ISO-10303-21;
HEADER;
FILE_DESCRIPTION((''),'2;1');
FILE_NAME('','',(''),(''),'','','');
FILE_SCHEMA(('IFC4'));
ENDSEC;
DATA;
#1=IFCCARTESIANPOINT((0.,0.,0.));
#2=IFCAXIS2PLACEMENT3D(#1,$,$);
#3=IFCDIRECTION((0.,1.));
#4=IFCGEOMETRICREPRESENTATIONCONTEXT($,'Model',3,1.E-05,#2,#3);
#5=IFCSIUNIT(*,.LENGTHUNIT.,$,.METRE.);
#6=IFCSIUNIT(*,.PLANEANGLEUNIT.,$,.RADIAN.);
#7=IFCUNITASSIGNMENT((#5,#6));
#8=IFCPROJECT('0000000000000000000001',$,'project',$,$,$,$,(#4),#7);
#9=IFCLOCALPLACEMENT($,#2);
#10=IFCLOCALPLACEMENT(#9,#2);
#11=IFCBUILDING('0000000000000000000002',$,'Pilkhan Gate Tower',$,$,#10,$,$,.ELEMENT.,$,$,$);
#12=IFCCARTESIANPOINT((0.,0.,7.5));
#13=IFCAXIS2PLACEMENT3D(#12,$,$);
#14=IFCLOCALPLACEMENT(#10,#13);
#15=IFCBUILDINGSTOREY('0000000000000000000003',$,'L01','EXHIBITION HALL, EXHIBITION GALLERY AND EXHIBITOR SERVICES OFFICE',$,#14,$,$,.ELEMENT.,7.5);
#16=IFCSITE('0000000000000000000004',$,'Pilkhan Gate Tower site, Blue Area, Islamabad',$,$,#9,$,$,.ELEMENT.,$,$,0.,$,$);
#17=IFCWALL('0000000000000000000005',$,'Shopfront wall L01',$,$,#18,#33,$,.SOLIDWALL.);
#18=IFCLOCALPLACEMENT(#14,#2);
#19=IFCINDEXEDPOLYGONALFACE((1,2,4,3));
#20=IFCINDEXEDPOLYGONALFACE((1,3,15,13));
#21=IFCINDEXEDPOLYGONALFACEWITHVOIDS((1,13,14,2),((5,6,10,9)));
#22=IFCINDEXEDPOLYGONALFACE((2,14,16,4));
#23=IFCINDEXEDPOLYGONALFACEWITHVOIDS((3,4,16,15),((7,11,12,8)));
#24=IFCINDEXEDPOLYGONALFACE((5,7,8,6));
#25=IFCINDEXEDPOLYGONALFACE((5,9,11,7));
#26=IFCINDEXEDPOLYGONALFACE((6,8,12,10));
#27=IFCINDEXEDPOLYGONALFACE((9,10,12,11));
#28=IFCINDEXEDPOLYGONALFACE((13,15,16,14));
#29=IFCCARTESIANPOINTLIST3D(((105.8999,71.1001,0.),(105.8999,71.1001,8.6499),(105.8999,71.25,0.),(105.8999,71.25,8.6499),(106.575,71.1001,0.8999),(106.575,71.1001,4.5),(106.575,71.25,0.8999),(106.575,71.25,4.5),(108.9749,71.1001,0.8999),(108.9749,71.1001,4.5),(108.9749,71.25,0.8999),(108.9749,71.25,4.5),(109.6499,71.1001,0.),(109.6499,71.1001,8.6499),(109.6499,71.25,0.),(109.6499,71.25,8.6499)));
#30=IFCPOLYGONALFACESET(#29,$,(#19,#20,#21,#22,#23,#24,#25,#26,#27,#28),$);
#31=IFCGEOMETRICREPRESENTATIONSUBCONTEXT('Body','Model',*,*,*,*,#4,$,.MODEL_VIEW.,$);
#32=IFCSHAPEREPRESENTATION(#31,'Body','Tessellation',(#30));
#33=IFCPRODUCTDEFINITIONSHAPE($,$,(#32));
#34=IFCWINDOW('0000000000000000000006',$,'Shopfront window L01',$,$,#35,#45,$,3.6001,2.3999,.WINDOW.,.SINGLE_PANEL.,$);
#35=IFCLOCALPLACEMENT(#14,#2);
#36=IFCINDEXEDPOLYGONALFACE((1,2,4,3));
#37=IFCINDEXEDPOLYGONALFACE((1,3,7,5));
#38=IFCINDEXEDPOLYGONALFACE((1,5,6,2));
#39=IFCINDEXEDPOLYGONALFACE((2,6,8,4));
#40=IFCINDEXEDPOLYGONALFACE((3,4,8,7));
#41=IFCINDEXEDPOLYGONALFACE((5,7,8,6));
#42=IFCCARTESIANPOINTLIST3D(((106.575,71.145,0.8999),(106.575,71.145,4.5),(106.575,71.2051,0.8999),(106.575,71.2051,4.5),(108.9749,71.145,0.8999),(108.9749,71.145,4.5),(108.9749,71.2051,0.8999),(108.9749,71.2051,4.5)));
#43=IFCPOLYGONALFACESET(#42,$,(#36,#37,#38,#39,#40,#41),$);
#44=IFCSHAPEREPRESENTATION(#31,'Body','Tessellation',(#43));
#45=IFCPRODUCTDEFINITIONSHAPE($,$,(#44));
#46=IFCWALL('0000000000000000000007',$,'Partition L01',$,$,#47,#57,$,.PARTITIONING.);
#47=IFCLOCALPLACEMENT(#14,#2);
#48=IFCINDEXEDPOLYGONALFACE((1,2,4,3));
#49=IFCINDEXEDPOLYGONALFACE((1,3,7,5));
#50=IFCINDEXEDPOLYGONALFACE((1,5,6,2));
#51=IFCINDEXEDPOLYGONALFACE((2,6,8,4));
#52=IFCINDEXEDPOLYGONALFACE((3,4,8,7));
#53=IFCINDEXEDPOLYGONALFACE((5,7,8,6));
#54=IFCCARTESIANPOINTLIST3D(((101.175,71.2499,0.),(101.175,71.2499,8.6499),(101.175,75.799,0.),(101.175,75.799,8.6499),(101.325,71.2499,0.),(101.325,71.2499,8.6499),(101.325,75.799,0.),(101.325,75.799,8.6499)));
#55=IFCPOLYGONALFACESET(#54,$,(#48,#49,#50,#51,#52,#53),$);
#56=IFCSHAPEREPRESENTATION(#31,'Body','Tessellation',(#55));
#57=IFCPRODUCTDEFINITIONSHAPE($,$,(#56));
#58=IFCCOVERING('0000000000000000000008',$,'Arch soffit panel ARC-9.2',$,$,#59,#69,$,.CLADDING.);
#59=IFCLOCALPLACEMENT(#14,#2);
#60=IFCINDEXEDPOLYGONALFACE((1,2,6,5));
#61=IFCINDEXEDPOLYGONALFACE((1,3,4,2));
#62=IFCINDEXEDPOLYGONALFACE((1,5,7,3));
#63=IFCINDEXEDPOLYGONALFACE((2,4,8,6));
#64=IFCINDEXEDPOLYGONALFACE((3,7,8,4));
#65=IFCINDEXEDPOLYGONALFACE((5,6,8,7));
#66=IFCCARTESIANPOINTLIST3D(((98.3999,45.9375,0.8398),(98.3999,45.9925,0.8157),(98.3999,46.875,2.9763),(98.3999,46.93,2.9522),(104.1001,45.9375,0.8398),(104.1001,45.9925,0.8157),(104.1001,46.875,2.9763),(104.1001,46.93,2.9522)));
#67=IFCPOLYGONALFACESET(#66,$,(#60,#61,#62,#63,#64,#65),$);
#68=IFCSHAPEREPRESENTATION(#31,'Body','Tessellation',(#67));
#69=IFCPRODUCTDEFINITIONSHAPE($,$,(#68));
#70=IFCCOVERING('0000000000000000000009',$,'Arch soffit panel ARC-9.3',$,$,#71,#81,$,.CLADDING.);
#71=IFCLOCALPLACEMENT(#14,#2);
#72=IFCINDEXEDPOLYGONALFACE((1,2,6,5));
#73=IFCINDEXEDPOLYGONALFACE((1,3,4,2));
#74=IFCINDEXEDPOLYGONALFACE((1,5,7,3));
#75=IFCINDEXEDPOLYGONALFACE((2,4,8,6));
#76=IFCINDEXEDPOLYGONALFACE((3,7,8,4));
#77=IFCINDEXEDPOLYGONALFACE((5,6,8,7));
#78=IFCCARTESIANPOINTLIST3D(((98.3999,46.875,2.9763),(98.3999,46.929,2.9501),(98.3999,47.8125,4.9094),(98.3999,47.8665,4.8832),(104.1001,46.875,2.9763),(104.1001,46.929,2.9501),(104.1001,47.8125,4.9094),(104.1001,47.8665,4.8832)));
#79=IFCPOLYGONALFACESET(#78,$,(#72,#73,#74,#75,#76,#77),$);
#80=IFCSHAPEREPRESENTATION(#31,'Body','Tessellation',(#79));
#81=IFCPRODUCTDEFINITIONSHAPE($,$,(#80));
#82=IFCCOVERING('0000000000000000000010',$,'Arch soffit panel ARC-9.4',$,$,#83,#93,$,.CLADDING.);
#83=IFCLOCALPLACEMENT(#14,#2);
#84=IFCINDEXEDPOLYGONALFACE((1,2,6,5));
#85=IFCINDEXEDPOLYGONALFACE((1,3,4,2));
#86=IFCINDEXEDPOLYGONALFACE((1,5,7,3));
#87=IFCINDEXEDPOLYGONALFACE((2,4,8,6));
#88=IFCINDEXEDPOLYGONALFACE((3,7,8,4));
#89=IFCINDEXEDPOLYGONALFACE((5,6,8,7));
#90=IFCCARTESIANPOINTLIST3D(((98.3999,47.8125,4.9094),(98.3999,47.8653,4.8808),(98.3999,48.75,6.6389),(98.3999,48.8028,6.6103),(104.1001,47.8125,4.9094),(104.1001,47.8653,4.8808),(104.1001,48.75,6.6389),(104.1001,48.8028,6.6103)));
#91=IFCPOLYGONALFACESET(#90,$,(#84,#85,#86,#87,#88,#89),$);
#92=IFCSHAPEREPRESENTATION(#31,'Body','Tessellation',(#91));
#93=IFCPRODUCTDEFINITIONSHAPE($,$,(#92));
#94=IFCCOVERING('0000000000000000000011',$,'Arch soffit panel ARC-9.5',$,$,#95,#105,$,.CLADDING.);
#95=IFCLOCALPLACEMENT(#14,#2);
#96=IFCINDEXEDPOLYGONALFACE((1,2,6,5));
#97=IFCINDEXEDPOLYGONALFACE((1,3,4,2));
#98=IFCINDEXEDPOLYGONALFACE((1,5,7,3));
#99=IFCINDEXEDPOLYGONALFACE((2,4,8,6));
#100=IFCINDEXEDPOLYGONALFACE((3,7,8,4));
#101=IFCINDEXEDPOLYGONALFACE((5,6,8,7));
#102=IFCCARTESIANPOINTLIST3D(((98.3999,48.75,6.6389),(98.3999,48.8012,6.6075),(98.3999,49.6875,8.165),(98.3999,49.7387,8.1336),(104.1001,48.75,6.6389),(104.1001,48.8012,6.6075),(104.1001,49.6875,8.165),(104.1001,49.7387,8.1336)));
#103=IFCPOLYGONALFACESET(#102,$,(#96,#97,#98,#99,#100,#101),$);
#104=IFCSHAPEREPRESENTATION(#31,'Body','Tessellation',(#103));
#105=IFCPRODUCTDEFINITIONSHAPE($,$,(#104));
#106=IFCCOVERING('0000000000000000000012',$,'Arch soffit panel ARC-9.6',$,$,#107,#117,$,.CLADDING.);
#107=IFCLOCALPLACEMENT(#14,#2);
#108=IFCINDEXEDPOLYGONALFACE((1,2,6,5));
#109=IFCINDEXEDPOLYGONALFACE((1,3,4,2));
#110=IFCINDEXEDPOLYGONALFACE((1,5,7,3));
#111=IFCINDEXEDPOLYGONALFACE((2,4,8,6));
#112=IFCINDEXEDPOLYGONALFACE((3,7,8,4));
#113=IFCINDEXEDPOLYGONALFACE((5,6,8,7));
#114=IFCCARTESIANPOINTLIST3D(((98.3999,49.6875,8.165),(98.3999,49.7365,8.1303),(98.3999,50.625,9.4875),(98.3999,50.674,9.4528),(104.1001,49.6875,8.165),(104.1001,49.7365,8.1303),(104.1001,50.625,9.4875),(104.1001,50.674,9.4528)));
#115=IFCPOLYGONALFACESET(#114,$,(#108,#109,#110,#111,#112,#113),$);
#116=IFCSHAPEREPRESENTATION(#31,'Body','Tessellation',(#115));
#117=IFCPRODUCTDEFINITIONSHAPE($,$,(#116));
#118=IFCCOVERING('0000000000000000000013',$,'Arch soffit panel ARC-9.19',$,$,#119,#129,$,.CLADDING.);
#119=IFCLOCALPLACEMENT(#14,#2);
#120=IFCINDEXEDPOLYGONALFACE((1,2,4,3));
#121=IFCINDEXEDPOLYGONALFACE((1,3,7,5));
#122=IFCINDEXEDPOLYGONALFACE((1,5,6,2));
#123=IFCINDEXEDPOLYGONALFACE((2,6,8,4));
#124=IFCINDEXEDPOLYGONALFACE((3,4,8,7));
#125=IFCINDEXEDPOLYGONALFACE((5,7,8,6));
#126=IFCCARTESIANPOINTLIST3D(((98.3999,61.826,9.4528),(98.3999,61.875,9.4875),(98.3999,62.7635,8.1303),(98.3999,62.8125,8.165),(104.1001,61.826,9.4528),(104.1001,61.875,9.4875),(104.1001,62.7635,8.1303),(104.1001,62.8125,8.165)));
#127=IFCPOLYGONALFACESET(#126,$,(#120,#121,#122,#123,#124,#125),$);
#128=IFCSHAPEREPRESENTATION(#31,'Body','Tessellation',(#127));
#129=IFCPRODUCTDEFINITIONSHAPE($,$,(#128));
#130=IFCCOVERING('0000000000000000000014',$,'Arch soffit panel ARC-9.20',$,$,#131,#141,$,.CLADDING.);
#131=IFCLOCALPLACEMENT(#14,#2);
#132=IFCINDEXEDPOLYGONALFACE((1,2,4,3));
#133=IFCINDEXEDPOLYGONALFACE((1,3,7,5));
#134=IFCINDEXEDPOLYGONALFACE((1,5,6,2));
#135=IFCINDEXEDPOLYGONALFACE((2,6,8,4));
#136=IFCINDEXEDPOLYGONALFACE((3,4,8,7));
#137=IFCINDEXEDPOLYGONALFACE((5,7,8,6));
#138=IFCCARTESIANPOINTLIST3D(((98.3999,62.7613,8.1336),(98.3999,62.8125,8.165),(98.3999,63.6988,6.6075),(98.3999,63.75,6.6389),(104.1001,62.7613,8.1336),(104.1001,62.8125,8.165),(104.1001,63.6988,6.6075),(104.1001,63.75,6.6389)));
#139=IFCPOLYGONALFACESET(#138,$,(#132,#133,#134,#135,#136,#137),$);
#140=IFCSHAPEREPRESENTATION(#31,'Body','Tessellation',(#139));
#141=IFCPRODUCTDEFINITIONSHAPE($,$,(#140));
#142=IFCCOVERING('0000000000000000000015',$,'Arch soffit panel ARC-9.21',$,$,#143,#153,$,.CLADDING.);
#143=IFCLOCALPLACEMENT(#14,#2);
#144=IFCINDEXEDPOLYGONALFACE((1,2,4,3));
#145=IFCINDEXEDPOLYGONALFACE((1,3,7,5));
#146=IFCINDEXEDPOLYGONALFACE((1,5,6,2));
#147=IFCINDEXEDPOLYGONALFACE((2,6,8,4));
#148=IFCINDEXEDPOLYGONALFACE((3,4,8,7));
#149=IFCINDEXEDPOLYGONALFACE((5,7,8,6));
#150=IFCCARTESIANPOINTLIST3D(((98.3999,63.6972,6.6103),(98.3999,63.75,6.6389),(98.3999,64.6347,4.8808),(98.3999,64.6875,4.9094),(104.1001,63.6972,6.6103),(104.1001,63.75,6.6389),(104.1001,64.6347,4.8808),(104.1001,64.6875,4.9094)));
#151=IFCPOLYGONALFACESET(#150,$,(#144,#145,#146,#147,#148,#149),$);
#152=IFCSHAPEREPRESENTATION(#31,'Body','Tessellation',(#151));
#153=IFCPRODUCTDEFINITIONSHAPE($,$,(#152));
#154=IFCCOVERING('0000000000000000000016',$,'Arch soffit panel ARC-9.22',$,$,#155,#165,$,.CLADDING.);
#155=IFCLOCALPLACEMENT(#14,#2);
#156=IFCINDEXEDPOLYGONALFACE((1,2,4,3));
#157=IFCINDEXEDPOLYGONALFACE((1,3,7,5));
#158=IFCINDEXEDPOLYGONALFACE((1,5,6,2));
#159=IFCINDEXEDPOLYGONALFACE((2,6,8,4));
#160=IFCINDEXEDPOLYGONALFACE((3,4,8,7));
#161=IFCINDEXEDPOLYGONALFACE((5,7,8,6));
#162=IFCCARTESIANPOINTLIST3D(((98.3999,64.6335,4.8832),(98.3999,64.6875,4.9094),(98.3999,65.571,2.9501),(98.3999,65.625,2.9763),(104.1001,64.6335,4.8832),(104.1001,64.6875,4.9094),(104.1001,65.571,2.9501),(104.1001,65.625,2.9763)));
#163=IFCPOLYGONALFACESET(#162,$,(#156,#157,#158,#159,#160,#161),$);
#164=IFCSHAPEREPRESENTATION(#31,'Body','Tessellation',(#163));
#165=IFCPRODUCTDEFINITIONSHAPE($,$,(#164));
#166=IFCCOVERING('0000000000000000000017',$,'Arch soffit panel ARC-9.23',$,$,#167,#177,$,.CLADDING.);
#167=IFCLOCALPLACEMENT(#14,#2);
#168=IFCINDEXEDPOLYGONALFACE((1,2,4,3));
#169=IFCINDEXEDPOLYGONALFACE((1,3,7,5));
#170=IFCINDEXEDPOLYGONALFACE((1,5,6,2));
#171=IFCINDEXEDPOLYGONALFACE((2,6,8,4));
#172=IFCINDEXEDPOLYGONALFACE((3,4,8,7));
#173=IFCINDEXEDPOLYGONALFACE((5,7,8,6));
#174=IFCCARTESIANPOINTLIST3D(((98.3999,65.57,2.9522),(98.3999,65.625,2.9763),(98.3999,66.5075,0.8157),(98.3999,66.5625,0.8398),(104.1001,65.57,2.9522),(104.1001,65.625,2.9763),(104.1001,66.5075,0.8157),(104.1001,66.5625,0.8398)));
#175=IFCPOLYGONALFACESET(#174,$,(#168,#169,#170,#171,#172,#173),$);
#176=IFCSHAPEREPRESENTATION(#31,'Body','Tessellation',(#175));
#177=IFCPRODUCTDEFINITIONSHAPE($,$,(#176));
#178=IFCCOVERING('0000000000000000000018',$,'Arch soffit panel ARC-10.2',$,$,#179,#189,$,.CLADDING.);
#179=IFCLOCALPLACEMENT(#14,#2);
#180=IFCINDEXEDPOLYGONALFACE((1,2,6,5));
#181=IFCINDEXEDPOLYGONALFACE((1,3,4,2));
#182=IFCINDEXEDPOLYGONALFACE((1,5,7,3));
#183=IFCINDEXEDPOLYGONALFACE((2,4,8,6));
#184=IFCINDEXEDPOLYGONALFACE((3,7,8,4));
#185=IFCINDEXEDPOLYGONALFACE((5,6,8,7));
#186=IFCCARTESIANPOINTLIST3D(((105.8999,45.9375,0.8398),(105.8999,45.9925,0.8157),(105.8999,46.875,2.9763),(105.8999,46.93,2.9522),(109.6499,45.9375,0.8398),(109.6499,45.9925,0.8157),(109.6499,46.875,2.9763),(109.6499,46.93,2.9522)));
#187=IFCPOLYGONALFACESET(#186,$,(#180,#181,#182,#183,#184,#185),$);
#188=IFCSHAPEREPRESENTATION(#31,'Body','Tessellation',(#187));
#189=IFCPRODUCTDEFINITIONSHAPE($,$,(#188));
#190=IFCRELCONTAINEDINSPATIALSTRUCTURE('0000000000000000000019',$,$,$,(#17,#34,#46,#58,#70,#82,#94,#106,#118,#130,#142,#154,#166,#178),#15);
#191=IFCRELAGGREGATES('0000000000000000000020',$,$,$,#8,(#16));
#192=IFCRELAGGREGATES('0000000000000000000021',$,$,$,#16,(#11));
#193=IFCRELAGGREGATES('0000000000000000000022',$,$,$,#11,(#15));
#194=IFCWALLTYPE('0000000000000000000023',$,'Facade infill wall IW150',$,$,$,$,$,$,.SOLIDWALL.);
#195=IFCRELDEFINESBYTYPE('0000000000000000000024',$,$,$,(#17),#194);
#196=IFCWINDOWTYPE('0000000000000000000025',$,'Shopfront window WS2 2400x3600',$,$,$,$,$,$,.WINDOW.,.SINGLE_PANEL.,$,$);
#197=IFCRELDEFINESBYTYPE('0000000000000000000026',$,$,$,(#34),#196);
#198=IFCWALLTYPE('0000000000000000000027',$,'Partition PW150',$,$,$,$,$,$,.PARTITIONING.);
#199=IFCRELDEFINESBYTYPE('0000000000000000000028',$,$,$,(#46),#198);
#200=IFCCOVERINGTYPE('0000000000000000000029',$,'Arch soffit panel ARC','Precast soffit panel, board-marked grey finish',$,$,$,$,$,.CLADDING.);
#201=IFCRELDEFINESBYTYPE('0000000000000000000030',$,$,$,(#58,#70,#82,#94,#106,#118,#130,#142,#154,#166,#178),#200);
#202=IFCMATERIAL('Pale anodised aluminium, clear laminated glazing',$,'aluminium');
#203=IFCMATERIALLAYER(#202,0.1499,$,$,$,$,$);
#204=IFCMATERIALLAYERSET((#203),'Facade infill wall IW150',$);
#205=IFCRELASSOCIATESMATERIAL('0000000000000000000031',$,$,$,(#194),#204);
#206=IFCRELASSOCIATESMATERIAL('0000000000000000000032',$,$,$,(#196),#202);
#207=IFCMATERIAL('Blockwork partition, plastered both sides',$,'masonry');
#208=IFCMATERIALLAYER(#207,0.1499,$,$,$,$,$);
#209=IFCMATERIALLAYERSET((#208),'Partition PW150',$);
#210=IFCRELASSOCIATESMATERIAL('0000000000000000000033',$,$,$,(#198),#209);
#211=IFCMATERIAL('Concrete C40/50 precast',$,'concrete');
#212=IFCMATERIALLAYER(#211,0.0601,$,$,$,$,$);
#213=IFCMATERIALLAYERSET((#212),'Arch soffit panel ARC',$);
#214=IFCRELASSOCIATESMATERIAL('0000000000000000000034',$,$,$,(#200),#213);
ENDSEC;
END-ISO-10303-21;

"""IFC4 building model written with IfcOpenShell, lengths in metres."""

from ifc_helpers import new_model, si_unit, direction, frame, frame_2d, origin, place, context, subcontext, project, spatial, polyline, rectangle, outline, extrude, material, layer, layer_set, type_object, element, fill, save


model = new_model("IFC4")

# Units and contexts
model_context = context("Model", 3, precision=1e-05, world=origin(), true_north=direction((0.0, 1.0)))
body_context = subcontext(model_context, "Body", "Model", "MODEL_VIEW")
ifc_project = project(units=[si_unit("LENGTHUNIT", "METRE"), si_unit("PLANEANGLEUNIT", "RADIAN")], contexts=[model_context])

# Site, building, storey
site_placement = place(None, origin())
site = spatial("IfcSite", under=ifc_project, at=site_placement, Name="Pilkhan Gate Tower site, Blue Area, Islamabad", CompositionType="ELEMENT", RefElevation=0.0)
building_placement = place(site_placement, origin())
building = spatial("IfcBuilding", under=site, at=building_placement, Name="Pilkhan Gate Tower", CompositionType="ELEMENT")
storey_placement = place(building_placement, frame((0.0, 0.0, 7.5)))
storey = spatial("IfcBuildingStorey", under=building, at=storey_placement, Name="L01", Description="EXHIBITION HALL, EXHIBITION GALLERY AND EXHIBITOR SERVICES OFFICE", CompositionType="ELEMENT", Elevation=7.5)

# Shared definitions
ifc_material_1 = material(Name="Pale anodised aluminium, clear laminated glazing", Category="aluminium")
ifc_layer_1 = layer(ifc_material_1, 0.1499)
ifc_layer_set_1 = layer_set([ifc_layer_1], Name="Facade infill wall IW150")
wall_type_1 = type_object("IfcWallType", Name="Facade infill wall IW150", PredefinedType="SOLIDWALL", material=ifc_layer_set_1)
window_type = type_object("IfcWindowType", Name="Shopfront window WS2 2400x3600", PartitioningType="SINGLE_PANEL", PredefinedType="WINDOW", material=ifc_material_1)

# Wall, opening, window
wall_1_placement = place(storey_placement, frame((105.8999, 71.175, 0.0), z_axis=(0.0, 0.0, 1.0), x_axis=(1.0, 0.0, 0.0)))
wall_1 = element("IfcWall", 1, at=wall_1_placement, inside=storey, type_object=wall_type_1, Name="Shopfront wall L01", PredefinedType="SOLIDWALL", context=body_context, shape_type="SweptSolid", body=[
    extrude(rectangle(XDim=3.75, YDim=0.1499, at=frame_2d((1.875, 0.0))), origin(), (0.0, 0.0, 1.0), 8.6499),
])
opening_1_placement = place(wall_1_placement, frame((0.675, 0.0, 0.8999)))
opening_1 = element("IfcOpeningElement", 2, at=opening_1_placement, cuts=wall_1, PredefinedType="OPENING", context=body_context, shape_type="SweptSolid", body=[
    extrude(rectangle(XDim=2.3999, YDim=3.6001, at=frame_2d((1.2, 1.8))), frame((0.0, 0.085, 0.0), z_axis=(0.0, -1.0, 0.0), x_axis=(1.0, 0.0, 0.0)), (0.0, 0.0, 1.0), 0.1699),
])
window_1_placement = place(opening_1_placement, origin())
window_1 = element("IfcWindow", 3, at=window_1_placement, inside=storey, type_object=window_type, Name="Shopfront window L01", OverallHeight=3.6001, OverallWidth=2.3999, PartitioningType="SINGLE_PANEL", PredefinedType="WINDOW", context=body_context, shape_type="SweptSolid", body=[
    extrude(rectangle(XDim=2.3999, YDim=3.6001, at=frame_2d((1.2, 1.8))), frame((0.0, 0.03, 0.0), z_axis=(0.0, -1.0, 0.0), x_axis=(1.0, 0.0, 0.0)), (0.0, 0.0, 1.0), 0.0601),
])
fill(opening_1, window_1)

# Wall
ifc_material_2 = material(Name="Blockwork partition, plastered both sides", Category="masonry")
ifc_layer_2 = layer(ifc_material_2, 0.1499)
ifc_layer_set_2 = layer_set([ifc_layer_2], Name="Partition PW150")
wall_type_2 = type_object("IfcWallType", Name="Partition PW150", PredefinedType="PARTITIONING", material=ifc_layer_set_2)
wall_2_placement = place(storey_placement, frame((101.25, 71.25, 0.0), z_axis=(0.0, 0.0, 1.0), x_axis=(0.0, 1.0, 0.0)))
element("IfcWall", 4, at=wall_2_placement, inside=storey, type_object=wall_type_2, Name="Partition L01", PredefinedType="PARTITIONING", context=body_context, shape_type="SweptSolid", body=[
    extrude(rectangle(XDim=4.5491, YDim=0.1499, at=frame_2d((2.2744, 0.0))), origin(), (0.0, 0.0, 1.0), 8.6499),
])

# Coverings
ifc_material_3 = material(Name="Concrete C40/50 precast", Category="concrete")
ifc_layer_3 = layer(ifc_material_3, 0.0601)
ifc_layer_set_3 = layer_set([ifc_layer_3], Name="Arch soffit panel ARC")
covering_type = type_object("IfcCoveringType", Name="Arch soffit panel ARC", Description="Precast soffit panel, board-marked grey finish", PredefinedType="CLADDING", material=ifc_layer_set_3)
covering_1_placement = place(storey_placement, frame((98.3999, 45.9375, 0.8398), z_axis=(0.0, -0.915717, 0.401823), x_axis=(1.0, 0.0, 0.0)))
element("IfcCovering", 5, at=covering_1_placement, inside=storey, type_object=covering_type, Name="Arch soffit panel ARC-9.2", PredefinedType="CLADDING", context=body_context, shape_type="SweptSolid", body=[
    extrude(outline(polyline([(0.0, 0.0), (5.7002, 0.0), (5.7002, 2.3331), (0.0, 2.3331), (0.0, 0.0)])), origin(), (0.0, 0.0, -1.0), 0.0601),
])
covering_2_placement = place(storey_placement, frame((98.3999, 46.875, 2.9763), z_axis=(0.0, -0.899771, 0.436363), x_axis=(1.0, 0.0, 0.0)))
element("IfcCovering", 6, at=covering_2_placement, inside=storey, type_object=covering_type, Name="Arch soffit panel ARC-9.3", PredefinedType="CLADDING", context=body_context, shape_type="SweptSolid", body=[
    extrude(outline(polyline([(0.0, 0.0), (5.7002, 0.0), (5.7002, 2.1484), (0.0, 2.1484), (0.0, 0.0)])), origin(), (0.0, 0.0, -1.0), 0.0601),
])
covering_3_placement = place(storey_placement, frame((98.3999, 47.8125, 4.9094), z_axis=(0.0, -0.879145, 0.476555), x_axis=(1.0, 0.0, 0.0)))
element("IfcCovering", 7, at=covering_3_placement, inside=storey, type_object=covering_type, Name="Arch soffit panel ARC-9.4", PredefinedType="CLADDING", context=body_context, shape_type="SweptSolid", body=[
    extrude(outline(polyline([(0.0, 0.0), (5.7002, 0.0), (5.7002, 1.9672), (0.0, 1.9672), (0.0, 0.0)])), origin(), (0.0, 0.0, -1.0), 0.0601),
])
covering_4_placement = place(storey_placement, frame((98.3999, 48.75, 6.6389), z_axis=(0.0, -0.85207, 0.523428), x_axis=(1.0, 0.0, 0.0)))
element("IfcCovering", 8, at=covering_4_placement, inside=storey, type_object=covering_type, Name="Arch soffit panel ARC-9.5", PredefinedType="CLADDING", context=body_context, shape_type="SweptSolid", body=[
    extrude(outline(polyline([(0.0, 0.0), (5.7002, 0.0), (5.7002, 1.7911), (0.0, 1.7911), (0.0, 0.0)])), origin(), (0.0, 0.0, -1.0), 0.0601),
])
for number, where, z_axis, x_axis, name in (
    (9, (98.3999, 49.6875, 8.165), (0.0, -0.815814, 0.578314), (1.0, 0.0, 0.0), "Arch soffit panel ARC-9.6"),
    (10, (98.3999, 61.875, 9.4875), (0.0, 0.815814, 0.578314), (1.0, 0.0, 0.0), "Arch soffit panel ARC-9.19"),
):
    element("IfcCovering", number, at=place(storey_placement, frame(where, z_axis=z_axis, x_axis=x_axis)), inside=storey, type_object=covering_type, Name=name, PredefinedType="CLADDING", context=body_context, shape_type="SweptSolid", body=[
        extrude(outline(polyline([(0.0, 0.0), (5.7002, 0.0), (5.7002, 1.6211), (0.0, 1.6211), (0.0, 0.0)])), origin(), (0.0, 0.0, -1.0), 0.0601),
    ])
covering_5_placement = place(storey_placement, frame((98.3999, 62.8125, 8.165), z_axis=(0.0, 0.85207, 0.523428), x_axis=(1.0, 0.0, 0.0)))
element("IfcCovering", 11, at=covering_5_placement, inside=storey, type_object=covering_type, Name="Arch soffit panel ARC-9.20", PredefinedType="CLADDING", context=body_context, shape_type="SweptSolid", body=[
    extrude(outline(polyline([(0.0, 0.0), (5.7002, 0.0), (5.7002, 1.7911), (0.0, 1.7911), (0.0, 0.0)])), origin(), (0.0, 0.0, -1.0), 0.0601),
])
covering_6_placement = place(storey_placement, frame((98.3999, 63.75, 6.6389), z_axis=(0.0, 0.879145, 0.476555), x_axis=(1.0, 0.0, 0.0)))
element("IfcCovering", 12, at=covering_6_placement, inside=storey, type_object=covering_type, Name="Arch soffit panel ARC-9.21", PredefinedType="CLADDING", context=body_context, shape_type="SweptSolid", body=[
    extrude(outline(polyline([(0.0, 0.0), (5.7002, 0.0), (5.7002, 1.9672), (0.0, 1.9672), (0.0, 0.0)])), origin(), (0.0, 0.0, -1.0), 0.0601),
])
covering_7_placement = place(storey_placement, frame((98.3999, 64.6875, 4.9094), z_axis=(0.0, 0.899771, 0.436363), x_axis=(1.0, 0.0, 0.0)))
element("IfcCovering", 13, at=covering_7_placement, inside=storey, type_object=covering_type, Name="Arch soffit panel ARC-9.22", PredefinedType="CLADDING", context=body_context, shape_type="SweptSolid", body=[
    extrude(outline(polyline([(0.0, 0.0), (5.7002, 0.0), (5.7002, 2.1484), (0.0, 2.1484), (0.0, 0.0)])), origin(), (0.0, 0.0, -1.0), 0.0601),
])
covering_8_placement = place(storey_placement, frame((98.3999, 65.625, 2.9763), z_axis=(0.0, 0.915717, 0.401823), x_axis=(1.0, 0.0, 0.0)))
element("IfcCovering", 14, at=covering_8_placement, inside=storey, type_object=covering_type, Name="Arch soffit panel ARC-9.23", PredefinedType="CLADDING", context=body_context, shape_type="SweptSolid", body=[
    extrude(outline(polyline([(0.0, 0.0), (5.7002, 0.0), (5.7002, 2.3331), (0.0, 2.3331), (0.0, 0.0)])), origin(), (0.0, 0.0, -1.0), 0.0601),
])
covering_9_placement = place(storey_placement, frame((105.8999, 45.9375, 0.8398), z_axis=(0.0, -0.915717, 0.401823), x_axis=(1.0, 0.0, 0.0)))
element("IfcCovering", 15, at=covering_9_placement, inside=storey, type_object=covering_type, Name="Arch soffit panel ARC-10.2", PredefinedType="CLADDING", context=body_context, shape_type="SweptSolid", body=[
    extrude(outline(polyline([(0.0, 0.0), (3.75, 0.0), (3.75, 2.3331), (0.0, 2.3331), (0.0, 0.0)])), origin(), (0.0, 0.0, -1.0), 0.0601),
])

save(model, "model.ifc")
